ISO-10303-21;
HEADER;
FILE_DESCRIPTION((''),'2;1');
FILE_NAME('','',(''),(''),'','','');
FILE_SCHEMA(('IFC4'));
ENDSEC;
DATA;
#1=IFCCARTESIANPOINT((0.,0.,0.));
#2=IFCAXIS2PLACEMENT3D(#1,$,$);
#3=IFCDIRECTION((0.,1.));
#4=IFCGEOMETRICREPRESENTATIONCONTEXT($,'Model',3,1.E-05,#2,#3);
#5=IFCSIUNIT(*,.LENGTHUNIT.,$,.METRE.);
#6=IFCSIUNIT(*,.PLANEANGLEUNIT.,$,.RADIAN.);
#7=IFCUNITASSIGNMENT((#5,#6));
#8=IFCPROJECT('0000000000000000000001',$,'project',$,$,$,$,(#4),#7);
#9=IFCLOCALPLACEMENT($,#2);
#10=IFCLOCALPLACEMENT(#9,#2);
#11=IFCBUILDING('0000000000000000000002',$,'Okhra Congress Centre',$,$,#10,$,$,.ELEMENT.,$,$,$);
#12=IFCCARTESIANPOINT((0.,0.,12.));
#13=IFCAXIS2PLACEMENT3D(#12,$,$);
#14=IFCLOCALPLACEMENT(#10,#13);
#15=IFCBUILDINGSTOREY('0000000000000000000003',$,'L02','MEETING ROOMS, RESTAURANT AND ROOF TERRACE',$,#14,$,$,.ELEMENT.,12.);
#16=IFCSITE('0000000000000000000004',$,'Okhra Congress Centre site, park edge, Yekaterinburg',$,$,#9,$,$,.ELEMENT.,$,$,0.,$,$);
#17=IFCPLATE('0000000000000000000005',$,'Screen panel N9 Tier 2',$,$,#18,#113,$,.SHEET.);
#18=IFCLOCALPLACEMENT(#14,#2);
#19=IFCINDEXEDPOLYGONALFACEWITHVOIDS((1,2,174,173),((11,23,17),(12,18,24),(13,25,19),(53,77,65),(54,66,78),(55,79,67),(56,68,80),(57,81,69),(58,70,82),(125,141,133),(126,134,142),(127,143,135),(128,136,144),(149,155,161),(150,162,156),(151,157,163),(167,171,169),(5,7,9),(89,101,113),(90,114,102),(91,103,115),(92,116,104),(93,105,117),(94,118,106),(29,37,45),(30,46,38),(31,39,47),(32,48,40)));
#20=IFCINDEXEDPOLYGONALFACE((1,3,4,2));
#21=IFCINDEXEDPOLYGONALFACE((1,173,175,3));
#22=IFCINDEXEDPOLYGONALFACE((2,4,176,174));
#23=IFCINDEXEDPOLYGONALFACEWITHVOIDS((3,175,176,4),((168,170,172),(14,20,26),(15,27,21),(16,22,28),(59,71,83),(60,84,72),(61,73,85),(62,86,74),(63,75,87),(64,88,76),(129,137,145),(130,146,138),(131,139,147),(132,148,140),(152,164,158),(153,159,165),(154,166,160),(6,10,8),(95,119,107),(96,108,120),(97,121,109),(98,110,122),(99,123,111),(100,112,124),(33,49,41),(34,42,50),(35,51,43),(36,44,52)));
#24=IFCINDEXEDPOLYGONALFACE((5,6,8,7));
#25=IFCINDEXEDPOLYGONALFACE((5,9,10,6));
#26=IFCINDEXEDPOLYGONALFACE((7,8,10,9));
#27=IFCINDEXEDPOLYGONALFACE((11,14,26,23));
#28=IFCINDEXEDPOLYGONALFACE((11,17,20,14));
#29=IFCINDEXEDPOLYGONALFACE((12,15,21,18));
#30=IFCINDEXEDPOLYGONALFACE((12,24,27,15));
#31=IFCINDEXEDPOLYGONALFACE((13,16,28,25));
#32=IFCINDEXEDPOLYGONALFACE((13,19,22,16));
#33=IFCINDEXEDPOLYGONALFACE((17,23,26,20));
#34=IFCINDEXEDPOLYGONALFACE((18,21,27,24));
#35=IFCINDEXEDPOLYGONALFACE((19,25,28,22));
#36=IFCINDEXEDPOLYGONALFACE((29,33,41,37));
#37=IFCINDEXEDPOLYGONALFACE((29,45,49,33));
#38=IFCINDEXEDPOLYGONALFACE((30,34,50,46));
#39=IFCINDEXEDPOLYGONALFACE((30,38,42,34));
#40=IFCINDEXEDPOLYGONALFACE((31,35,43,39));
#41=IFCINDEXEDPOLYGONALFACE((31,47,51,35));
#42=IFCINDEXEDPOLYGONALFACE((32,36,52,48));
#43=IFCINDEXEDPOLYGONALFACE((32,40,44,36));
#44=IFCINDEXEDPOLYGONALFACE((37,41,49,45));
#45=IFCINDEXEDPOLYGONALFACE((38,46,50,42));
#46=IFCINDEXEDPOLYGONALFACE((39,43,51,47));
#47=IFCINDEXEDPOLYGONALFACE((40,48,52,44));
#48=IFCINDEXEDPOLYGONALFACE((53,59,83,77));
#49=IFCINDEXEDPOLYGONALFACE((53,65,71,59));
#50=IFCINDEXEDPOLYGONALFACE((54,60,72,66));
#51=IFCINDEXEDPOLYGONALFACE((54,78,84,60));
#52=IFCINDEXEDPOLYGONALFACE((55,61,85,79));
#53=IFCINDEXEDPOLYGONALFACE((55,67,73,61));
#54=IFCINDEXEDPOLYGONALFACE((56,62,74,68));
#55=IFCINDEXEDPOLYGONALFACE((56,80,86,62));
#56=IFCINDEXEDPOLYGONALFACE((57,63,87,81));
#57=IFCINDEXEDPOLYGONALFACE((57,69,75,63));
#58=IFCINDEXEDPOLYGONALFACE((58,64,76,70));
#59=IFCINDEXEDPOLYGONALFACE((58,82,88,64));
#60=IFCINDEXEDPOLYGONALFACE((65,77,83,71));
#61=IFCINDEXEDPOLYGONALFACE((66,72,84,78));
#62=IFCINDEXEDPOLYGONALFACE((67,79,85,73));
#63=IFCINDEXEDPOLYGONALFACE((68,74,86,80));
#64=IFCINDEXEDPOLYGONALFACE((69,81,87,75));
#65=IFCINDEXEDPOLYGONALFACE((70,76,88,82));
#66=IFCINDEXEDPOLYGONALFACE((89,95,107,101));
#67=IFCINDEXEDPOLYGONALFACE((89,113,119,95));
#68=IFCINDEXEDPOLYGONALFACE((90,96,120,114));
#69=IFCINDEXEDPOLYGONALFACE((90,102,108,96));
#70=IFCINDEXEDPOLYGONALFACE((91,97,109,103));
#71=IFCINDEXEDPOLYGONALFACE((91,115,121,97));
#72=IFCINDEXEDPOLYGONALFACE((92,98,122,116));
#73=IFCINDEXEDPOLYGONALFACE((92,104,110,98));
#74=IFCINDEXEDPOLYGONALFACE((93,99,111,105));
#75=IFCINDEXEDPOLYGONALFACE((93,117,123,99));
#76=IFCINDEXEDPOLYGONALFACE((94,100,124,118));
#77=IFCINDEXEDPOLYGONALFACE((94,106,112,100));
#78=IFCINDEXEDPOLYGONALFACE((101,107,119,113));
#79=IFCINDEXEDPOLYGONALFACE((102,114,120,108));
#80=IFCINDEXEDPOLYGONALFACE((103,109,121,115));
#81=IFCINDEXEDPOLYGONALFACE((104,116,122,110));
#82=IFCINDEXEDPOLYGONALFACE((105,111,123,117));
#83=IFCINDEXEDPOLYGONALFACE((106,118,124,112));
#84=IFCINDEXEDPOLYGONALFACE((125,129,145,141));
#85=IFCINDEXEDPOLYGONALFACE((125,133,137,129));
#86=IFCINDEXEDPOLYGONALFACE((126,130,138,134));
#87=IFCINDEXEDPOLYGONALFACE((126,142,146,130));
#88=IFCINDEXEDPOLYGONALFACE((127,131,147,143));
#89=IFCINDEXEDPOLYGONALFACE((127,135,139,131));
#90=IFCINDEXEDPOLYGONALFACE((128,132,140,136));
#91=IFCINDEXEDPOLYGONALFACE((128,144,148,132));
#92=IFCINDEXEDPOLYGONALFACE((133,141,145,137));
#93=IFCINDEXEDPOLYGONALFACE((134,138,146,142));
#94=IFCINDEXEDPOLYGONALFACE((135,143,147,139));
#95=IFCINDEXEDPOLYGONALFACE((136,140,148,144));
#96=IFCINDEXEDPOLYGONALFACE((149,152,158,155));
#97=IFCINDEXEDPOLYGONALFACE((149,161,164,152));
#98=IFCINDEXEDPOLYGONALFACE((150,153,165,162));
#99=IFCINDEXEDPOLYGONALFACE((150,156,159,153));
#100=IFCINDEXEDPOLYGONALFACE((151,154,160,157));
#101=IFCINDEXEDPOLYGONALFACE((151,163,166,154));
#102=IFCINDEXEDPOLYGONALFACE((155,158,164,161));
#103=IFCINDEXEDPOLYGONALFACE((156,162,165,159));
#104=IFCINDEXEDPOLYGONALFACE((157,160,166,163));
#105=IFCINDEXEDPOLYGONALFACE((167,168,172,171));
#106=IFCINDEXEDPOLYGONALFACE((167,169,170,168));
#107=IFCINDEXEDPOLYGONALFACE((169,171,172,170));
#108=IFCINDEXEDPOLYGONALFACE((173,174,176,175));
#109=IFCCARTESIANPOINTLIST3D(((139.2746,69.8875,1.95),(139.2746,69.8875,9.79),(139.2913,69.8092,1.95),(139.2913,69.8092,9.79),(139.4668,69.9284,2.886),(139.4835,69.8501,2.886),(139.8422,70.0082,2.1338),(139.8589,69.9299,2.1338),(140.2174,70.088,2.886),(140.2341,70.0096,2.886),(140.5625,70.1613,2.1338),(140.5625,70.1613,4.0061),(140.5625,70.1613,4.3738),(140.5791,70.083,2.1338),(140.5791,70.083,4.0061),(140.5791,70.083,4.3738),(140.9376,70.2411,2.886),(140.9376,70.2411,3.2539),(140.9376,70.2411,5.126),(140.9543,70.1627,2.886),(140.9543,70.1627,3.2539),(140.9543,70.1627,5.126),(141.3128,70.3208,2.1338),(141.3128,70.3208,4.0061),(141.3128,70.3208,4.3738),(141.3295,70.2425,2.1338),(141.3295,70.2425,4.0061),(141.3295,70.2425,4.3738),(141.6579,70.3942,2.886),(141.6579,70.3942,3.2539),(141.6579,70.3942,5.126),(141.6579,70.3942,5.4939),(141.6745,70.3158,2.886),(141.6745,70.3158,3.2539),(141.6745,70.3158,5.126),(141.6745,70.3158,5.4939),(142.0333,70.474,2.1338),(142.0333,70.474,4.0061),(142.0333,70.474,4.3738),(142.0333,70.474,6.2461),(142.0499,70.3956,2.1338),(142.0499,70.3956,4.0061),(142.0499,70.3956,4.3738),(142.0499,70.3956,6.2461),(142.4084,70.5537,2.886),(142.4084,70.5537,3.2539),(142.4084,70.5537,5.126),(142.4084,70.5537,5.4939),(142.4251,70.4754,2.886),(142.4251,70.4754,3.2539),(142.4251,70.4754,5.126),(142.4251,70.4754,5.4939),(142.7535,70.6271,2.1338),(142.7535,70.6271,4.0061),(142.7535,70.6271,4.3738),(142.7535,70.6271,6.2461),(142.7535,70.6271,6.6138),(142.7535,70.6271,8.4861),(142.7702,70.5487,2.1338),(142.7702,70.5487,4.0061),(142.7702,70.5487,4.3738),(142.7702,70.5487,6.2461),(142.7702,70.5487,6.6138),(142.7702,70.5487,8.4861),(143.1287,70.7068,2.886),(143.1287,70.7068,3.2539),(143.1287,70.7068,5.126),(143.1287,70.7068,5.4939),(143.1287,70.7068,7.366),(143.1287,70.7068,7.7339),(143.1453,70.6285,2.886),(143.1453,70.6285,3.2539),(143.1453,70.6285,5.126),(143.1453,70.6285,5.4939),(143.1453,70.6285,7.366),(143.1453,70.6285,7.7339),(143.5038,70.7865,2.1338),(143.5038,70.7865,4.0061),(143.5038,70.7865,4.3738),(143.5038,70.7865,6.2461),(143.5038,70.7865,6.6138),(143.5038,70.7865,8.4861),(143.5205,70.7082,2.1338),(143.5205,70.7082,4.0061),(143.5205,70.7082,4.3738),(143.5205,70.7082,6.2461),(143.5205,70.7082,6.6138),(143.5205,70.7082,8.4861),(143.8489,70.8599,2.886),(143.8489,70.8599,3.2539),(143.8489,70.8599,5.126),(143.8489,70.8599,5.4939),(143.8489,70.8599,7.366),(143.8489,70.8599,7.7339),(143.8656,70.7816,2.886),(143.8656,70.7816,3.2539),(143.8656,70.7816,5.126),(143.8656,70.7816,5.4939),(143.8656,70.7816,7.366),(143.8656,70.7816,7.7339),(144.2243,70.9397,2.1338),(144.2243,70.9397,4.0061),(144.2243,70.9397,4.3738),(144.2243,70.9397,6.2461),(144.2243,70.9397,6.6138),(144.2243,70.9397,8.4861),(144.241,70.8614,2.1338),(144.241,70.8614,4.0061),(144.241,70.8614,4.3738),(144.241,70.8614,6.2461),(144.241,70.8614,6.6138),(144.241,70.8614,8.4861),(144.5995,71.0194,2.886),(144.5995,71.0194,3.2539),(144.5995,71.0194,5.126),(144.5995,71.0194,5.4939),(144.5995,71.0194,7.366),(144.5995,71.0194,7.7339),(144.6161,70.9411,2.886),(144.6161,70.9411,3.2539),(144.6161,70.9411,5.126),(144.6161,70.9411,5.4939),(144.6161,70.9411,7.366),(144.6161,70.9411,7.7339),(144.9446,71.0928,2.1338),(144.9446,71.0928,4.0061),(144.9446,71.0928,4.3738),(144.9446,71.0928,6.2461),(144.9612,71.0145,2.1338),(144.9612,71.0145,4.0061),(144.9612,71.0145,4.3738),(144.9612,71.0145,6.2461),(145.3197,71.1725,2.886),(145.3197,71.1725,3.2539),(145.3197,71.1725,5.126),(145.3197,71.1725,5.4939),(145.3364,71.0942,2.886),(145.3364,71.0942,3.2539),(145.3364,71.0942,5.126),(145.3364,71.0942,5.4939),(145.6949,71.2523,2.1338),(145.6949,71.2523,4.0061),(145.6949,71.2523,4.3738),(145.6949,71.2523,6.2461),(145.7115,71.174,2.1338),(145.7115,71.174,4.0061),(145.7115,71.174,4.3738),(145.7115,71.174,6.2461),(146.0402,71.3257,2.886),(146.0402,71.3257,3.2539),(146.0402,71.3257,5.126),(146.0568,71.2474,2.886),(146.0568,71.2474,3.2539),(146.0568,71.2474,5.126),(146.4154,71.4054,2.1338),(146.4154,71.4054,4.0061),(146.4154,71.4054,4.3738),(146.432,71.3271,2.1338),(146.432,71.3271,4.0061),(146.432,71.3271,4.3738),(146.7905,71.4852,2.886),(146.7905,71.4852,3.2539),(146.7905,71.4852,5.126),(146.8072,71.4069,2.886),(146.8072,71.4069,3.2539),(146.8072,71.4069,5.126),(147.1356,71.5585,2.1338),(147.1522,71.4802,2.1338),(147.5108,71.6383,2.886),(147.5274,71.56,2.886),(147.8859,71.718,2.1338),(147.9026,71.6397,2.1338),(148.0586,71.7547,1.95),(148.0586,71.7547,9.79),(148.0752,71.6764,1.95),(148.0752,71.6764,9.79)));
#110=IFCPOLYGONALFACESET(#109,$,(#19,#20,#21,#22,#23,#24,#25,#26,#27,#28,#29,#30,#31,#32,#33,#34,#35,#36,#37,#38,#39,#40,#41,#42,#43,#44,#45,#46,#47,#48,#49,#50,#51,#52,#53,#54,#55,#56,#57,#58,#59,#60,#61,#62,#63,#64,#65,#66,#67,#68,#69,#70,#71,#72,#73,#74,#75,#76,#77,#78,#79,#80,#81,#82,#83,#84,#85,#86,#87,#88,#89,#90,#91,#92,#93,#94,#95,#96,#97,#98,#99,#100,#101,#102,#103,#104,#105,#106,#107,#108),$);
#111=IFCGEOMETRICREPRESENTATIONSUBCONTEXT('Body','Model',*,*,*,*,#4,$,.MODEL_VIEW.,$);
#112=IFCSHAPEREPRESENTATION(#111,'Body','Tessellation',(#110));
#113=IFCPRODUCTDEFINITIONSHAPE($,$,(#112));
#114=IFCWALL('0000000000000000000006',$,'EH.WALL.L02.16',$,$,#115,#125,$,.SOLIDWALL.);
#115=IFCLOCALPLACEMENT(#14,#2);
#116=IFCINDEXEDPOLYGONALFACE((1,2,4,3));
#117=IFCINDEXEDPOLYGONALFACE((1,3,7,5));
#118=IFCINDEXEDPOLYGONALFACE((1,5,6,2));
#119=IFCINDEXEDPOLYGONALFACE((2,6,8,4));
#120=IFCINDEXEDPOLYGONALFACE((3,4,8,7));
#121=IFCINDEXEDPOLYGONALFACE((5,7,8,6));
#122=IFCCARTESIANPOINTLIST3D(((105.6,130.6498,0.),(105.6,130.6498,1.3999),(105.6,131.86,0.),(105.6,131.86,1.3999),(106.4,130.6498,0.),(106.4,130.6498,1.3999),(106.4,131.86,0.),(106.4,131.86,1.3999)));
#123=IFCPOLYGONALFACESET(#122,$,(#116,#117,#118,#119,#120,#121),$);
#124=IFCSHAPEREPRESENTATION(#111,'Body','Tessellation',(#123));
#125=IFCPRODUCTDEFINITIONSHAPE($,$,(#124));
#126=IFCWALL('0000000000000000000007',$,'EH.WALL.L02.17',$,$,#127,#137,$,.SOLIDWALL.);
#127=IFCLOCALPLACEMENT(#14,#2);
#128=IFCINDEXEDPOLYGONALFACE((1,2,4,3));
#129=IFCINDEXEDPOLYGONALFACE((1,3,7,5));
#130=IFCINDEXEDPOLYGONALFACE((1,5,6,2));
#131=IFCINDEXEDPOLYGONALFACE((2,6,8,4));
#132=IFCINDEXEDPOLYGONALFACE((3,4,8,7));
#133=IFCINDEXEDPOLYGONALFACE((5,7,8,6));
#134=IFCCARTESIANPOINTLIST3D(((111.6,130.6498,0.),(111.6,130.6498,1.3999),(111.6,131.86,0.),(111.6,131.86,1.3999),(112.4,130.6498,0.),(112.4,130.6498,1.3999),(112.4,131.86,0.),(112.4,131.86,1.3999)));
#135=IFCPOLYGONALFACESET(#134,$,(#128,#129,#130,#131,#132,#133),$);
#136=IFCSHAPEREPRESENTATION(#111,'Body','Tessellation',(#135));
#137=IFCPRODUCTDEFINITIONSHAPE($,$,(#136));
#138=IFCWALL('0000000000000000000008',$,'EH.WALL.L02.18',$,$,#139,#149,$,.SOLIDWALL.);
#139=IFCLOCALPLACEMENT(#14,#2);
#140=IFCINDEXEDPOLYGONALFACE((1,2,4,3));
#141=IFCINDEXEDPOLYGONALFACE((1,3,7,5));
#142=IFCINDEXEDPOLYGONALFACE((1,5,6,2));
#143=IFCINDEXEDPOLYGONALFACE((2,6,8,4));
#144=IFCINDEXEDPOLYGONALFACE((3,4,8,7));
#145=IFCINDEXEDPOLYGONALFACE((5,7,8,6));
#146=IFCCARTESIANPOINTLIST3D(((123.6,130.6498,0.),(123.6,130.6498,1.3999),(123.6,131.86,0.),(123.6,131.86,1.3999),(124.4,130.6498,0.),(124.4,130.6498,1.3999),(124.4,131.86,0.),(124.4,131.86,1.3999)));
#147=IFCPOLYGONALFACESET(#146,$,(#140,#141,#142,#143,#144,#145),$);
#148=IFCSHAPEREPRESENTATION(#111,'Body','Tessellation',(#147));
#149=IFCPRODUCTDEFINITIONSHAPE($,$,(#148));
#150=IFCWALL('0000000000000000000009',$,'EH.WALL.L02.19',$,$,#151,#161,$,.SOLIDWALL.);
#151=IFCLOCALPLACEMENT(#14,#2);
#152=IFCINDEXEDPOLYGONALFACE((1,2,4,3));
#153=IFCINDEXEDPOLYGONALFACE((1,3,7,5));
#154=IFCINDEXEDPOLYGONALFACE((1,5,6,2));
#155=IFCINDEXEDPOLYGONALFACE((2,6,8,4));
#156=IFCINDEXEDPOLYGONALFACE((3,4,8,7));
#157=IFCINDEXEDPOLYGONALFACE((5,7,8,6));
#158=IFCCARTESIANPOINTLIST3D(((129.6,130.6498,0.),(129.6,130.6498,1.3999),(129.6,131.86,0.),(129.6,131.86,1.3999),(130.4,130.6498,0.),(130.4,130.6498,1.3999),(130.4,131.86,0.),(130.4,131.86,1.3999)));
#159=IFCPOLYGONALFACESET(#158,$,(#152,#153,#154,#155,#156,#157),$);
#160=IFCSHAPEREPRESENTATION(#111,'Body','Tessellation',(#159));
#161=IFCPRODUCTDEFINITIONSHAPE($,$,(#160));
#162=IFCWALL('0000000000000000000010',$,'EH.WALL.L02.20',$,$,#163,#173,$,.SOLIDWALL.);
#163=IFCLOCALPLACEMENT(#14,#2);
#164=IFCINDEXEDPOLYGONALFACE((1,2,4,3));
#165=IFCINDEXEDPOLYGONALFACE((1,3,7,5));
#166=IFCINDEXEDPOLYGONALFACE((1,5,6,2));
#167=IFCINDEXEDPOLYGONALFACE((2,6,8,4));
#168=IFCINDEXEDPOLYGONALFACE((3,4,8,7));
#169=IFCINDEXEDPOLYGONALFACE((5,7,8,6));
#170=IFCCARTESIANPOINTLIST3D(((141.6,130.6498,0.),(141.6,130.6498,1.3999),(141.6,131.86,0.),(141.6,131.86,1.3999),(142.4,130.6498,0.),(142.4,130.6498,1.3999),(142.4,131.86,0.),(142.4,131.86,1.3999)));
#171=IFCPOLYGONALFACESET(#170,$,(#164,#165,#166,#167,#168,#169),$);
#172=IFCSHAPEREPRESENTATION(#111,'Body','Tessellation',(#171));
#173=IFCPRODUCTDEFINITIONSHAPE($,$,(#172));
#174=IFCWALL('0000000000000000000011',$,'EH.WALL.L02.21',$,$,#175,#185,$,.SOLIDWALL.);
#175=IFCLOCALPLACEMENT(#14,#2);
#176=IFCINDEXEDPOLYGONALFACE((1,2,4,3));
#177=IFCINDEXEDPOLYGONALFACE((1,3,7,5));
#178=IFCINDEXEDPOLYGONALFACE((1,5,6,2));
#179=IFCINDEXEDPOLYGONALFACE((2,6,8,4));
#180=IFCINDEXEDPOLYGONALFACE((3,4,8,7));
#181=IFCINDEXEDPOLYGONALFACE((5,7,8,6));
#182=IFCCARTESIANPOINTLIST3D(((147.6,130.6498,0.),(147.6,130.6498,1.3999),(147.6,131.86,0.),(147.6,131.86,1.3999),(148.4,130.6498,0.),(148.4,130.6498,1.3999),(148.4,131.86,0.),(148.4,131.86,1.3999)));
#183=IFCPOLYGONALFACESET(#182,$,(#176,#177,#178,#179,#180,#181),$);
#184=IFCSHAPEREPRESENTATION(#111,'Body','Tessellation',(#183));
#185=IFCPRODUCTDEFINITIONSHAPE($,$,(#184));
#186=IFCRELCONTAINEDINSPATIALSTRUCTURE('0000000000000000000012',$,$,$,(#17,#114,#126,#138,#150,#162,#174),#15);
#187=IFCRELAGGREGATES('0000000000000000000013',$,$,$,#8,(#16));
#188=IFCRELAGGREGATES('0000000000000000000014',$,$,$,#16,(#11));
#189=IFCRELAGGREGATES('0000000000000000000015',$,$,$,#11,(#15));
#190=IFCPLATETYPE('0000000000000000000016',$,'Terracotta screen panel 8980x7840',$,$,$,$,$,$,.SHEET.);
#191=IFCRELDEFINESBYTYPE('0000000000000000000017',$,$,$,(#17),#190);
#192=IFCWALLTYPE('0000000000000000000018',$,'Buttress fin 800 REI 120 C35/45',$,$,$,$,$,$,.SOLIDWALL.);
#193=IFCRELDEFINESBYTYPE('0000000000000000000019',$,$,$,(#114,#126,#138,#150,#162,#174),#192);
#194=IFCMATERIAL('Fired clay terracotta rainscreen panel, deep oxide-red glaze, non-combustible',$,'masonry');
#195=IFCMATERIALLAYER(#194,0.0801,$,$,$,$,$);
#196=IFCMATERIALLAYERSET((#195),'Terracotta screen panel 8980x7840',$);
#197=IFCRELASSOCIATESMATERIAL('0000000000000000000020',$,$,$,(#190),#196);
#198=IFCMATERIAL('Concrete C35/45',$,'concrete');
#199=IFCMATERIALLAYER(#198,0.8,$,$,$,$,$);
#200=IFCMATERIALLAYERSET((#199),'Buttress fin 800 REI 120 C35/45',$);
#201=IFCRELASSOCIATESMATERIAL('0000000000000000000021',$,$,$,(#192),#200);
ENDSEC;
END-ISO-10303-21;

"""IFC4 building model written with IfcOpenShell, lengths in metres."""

from ifc_helpers import new_model, si_unit, direction, frame, frame_2d, origin, place, context, subcontext, project, spatial, polyline, rectangle, outline, extrude, material, layer, layer_set, type_object, element, save


model = new_model("IFC4")

# Units and contexts
model_context = context("Model", 3, precision=1e-05, world=origin(), true_north=direction((0.0, 1.0)))
body_context = subcontext(model_context, "Body", "Model", "MODEL_VIEW")
ifc_project = project(units=[si_unit("LENGTHUNIT", "METRE"), si_unit("PLANEANGLEUNIT", "RADIAN")], contexts=[model_context])

# Site, building, storey
site_placement = place(None, origin())
site = spatial("IfcSite", under=ifc_project, at=site_placement, Name="Okhra Congress Centre site, park edge, Yekaterinburg", CompositionType="ELEMENT", RefElevation=0.0)
building_placement = place(site_placement, origin())
building = spatial("IfcBuilding", under=site, at=building_placement, Name="Okhra Congress Centre", CompositionType="ELEMENT")
storey_placement = place(building_placement, frame((0.0, 0.0, 12.0)))
storey = spatial("IfcBuildingStorey", under=building, at=storey_placement, Name="L02", Description="MEETING ROOMS, RESTAURANT AND ROOF TERRACE", CompositionType="ELEMENT", Elevation=12.0)

# Plate
ifc_material_1 = material(Name="Fired clay terracotta rainscreen panel, deep oxide-red glaze, non-combustible", Category="masonry")
ifc_layer_1 = layer(ifc_material_1, 0.0801)
ifc_layer_set_1 = layer_set([ifc_layer_1], Name="Terracotta screen panel 8980x7840")
plate_type = type_object("IfcPlateType", Name="Terracotta screen panel 8980x7840", PredefinedType="SHEET", material=ifc_layer_set_1)
plate_placement = place(storey_placement, frame((148.0669, 71.7156, 1.95), z_axis=(0.0, 0.0, 1.0), x_axis=(-0.978145, -0.207923, 0.0)))
element("IfcPlate", 1, at=plate_placement, inside=storey, type_object=plate_type, Name="Screen panel N9 Tier 2", PredefinedType="SHEET", context=body_context, shape_type="SweptSolid", body=[
    extrude(outline(polyline([(0.0, 0.0), (8.9802, 0.0), (8.9802, 7.8401), (0.0, 7.8401), (0.0, 0.0)]), holes=[polyline([(0.1765, 0.1838), (0.9436, 0.1838), (0.5601, 0.936), (0.1765, 0.1838)]), polyline([(1.2964, 0.936), (1.6799, 0.1838), (2.0635, 0.936), (1.2964, 0.936)]), polyline([(2.4165, 0.1838), (3.1836, 0.1838), (2.8, 0.936), (2.4165, 0.1838)]), polyline([(3.5364, 0.936), (3.9199, 0.1838), (4.3037, 0.936), (3.5364, 0.936)]), polyline([(4.6565, 0.1838), (5.4236, 0.1838), (5.04, 0.936), (4.6565, 0.1838)]), polyline([(5.7764, 0.936), (6.1599, 0.1838), (6.5437, 0.936), (5.7764, 0.936)]), polyline([(6.8965, 0.1838), (7.6636, 0.1838), (7.28, 0.936), (6.8965, 0.1838)]), polyline([(8.0164, 0.936), (8.3999, 0.1838), (8.7837, 0.936), (8.0164, 0.936)]), polyline([(1.2964, 1.304), (2.0635, 1.304), (1.6799, 2.0562), (1.2964, 1.304)]), polyline([(2.4165, 2.0562), (2.8, 1.304), (3.1836, 2.0562), (2.4165, 2.0562)]), polyline([(3.5364, 1.304), (4.3037, 1.304), (3.9199, 2.0562), (3.5364, 1.304)]), polyline([(4.6565, 2.0562), (5.04, 1.304), (5.4236, 2.0562), (4.6565, 2.0562)]), polyline([(5.7764, 1.304), (6.5437, 1.304), (6.1599, 2.0562), (5.7764, 1.304)]), polyline([(6.8965, 2.0562), (7.28, 1.304), (7.6636, 2.0562), (6.8965, 2.0562)]), polyline([(1.2964, 3.176), (1.6799, 2.4238), (2.0635, 3.176), (1.2964, 3.176)]), polyline([(2.4165, 2.4238), (3.1836, 2.4238), (2.8, 3.176), (2.4165, 2.4238)]), polyline([(3.5364, 3.176), (3.9199, 2.4238), (4.3037, 3.176), (3.5364, 3.176)]), polyline([(4.6565, 2.4238), (5.4236, 2.4238), (5.04, 3.176), (4.6565, 2.4238)]), polyline([(5.7764, 3.176), (6.1599, 2.4238), (6.5437, 3.176), (5.7764, 3.176)]), polyline([(6.8965, 2.4238), (7.6636, 2.4238), (7.28, 3.176), (6.8965, 2.4238)]), polyline([(2.4165, 4.2961), (2.8, 3.5439), (3.1836, 4.2961), (2.4165, 4.2961)]), polyline([(3.5364, 3.5439), (4.3037, 3.5439), (3.9199, 4.2961), (3.5364, 3.5439)]), polyline([(4.6565, 4.2961), (5.04, 3.5439), (5.4236, 4.2961), (4.6565, 4.2961)]), polyline([(5.7764, 3.5439), (6.5437, 3.5439), (6.1599, 4.2961), (5.7764, 3.5439)]), polyline([(3.5364, 5.416), (3.9199, 4.6638), (4.3037, 5.416), (3.5364, 5.416)]), polyline([(4.6565, 4.6638), (5.4236, 4.6638), (5.04, 5.416), (4.6565, 4.6638)]), polyline([(3.5364, 5.7839), (4.3037, 5.7839), (3.9199, 6.5361), (3.5364, 5.7839)]), polyline([(4.6565, 6.5361), (5.04, 5.7839), (5.4236, 6.5361), (4.6565, 6.5361)])]), frame((0.0, 0.04, 0.0), z_axis=(0.0, -1.0, 0.0), x_axis=(1.0, 0.0, 0.0)), (0.0, 0.0, 1.0), 0.0801),
])

# Walls
ifc_material_2 = material(Name="Concrete C35/45", Category="concrete")
ifc_layer_2 = layer(ifc_material_2, 0.8)
ifc_layer_set_2 = layer_set([ifc_layer_2], Name="Buttress fin 800 REI 120 C35/45")
wall_type_1 = type_object("IfcWallType", Name="Buttress fin 800 REI 120 C35/45", PredefinedType="SOLIDWALL", material=ifc_layer_set_2)
for number, where, z_axis, x_axis, name in (
    (2, (106.0, 130.6499, 0.0), (0.0, 0.0, 1.0), (0.0, 1.0, 0.0), "EH.WALL.L02.16"),
    (3, (112.0, 130.6499, 0.0), (0.0, 0.0, 1.0), (0.0, 1.0, 0.0), "EH.WALL.L02.17"),
    (4, (124.0, 130.6499, 0.0), (0.0, 0.0, 1.0), (0.0, 1.0, 0.0), "EH.WALL.L02.18"),
    (5, (130.0, 130.6499, 0.0), (0.0, 0.0, 1.0), (0.0, 1.0, 0.0), "EH.WALL.L02.19"),
    (6, (142.0, 130.6499, 0.0), (0.0, 0.0, 1.0), (0.0, 1.0, 0.0), "EH.WALL.L02.20"),
    (7, (148.0, 130.6499, 0.0), (0.0, 0.0, 1.0), (0.0, 1.0, 0.0), "EH.WALL.L02.21"),
):
    element("IfcWall", number, at=place(storey_placement, frame(where, z_axis=z_axis, x_axis=x_axis)), inside=storey, type_object=wall_type_1, Name=name, PredefinedType="SOLIDWALL", context=body_context, shape_type="SweptSolid", body=[
        extrude(rectangle(XDim=1.2102, YDim=0.8, at=frame_2d((0.605, 0.0))), origin(), (0.0, 0.0, 1.0), 1.3999),
    ])

save(model, "model.ifc")
